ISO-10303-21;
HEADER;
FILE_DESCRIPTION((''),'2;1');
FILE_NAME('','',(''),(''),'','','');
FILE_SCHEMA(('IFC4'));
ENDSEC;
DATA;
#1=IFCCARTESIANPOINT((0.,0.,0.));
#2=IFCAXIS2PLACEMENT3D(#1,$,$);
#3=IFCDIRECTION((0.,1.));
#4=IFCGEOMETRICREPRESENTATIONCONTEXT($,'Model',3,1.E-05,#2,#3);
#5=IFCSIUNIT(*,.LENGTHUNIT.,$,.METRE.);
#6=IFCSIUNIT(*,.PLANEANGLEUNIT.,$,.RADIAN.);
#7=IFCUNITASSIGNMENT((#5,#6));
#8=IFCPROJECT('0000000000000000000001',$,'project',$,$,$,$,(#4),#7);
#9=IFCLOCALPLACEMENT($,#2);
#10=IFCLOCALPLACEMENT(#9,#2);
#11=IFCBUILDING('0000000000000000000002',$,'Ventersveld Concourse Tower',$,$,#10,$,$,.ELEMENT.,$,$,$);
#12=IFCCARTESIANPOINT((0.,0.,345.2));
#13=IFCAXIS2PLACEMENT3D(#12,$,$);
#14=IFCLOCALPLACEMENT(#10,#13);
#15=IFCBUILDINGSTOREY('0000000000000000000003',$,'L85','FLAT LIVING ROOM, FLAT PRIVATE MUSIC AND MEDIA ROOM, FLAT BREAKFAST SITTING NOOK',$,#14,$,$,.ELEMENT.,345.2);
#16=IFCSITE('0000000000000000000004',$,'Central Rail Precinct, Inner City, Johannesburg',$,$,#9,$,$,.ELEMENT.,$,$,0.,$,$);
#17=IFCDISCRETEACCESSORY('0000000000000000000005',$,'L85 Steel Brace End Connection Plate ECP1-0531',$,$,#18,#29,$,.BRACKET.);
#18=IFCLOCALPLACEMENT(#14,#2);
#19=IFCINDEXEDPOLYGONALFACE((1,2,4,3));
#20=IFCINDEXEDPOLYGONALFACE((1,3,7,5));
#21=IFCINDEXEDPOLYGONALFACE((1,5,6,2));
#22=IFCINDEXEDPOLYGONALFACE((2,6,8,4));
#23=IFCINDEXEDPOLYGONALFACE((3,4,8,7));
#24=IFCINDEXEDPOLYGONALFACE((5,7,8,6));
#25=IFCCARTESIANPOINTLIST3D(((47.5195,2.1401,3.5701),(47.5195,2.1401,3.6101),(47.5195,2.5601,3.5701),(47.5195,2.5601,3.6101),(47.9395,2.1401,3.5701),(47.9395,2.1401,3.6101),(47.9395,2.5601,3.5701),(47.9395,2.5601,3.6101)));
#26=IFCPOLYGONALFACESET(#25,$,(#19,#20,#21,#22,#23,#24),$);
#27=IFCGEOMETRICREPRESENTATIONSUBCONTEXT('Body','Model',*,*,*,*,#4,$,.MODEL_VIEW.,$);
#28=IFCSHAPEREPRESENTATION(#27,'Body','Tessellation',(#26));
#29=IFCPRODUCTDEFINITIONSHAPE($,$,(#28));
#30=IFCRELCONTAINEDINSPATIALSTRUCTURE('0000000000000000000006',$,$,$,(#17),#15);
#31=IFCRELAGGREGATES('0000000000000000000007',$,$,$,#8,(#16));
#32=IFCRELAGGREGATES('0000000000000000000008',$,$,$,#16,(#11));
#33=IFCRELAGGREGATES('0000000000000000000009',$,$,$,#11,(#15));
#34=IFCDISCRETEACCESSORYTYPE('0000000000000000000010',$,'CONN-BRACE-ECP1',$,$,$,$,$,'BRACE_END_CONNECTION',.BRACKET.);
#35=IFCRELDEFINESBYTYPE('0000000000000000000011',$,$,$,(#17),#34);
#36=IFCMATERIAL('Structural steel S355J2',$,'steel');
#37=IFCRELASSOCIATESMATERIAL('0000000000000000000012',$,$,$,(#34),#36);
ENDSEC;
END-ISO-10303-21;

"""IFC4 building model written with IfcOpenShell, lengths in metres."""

from ifc_helpers import new_model, si_unit, direction, frame, origin, origin_2d, place, context, subcontext, project, spatial, rectangle, extrude, material, type_object, element, save


model = new_model("IFC4")

# Units and contexts
model_context = context("Model", 3, precision=1e-05, world=origin(), true_north=direction((0.0, 1.0)))
body_context = subcontext(model_context, "Body", "Model", "MODEL_VIEW")
ifc_project = project(units=[si_unit("LENGTHUNIT", "METRE"), si_unit("PLANEANGLEUNIT", "RADIAN")], contexts=[model_context])

# Site, building, storey
site_placement = place(None, origin())
site = spatial("IfcSite", under=ifc_project, at=site_placement, Name="Central Rail Precinct, Inner City, Johannesburg", CompositionType="ELEMENT", RefElevation=0.0)
building_placement = place(site_placement, origin())
building = spatial("IfcBuilding", under=site, at=building_placement, Name="Ventersveld Concourse Tower", CompositionType="ELEMENT")
storey_placement = place(building_placement, frame((0.0, 0.0, 345.2)))
storey = spatial("IfcBuildingStorey", under=building, at=storey_placement, Name="L85", Description="FLAT LIVING ROOM, FLAT PRIVATE MUSIC AND MEDIA ROOM, FLAT BREAKFAST SITTING NOOK", CompositionType="ELEMENT", Elevation=345.2)

# Shared definitions
ifc_material_1 = material(Name="Structural steel S355J2", Category="steel")

# Discrete accessory
discrete_accessory_type = type_object("IfcDiscreteAccessoryType", Name="CONN-BRACE-ECP1", ElementType="BRACE_END_CONNECTION", PredefinedType="BRACKET", material=ifc_material_1)
for number, where, z_axis, x_axis, name in (
    (1, (47.7295, 2.3501, 3.5701), (0.0, 0.0, 1.0), (1.0, 0.0, 0.0), "L85 Steel Brace End Connection Plate ECP1-0531"),
):
    element("IfcDiscreteAccessory", number, at=place(storey_placement, frame(where, z_axis=z_axis, x_axis=x_axis)), inside=storey, type_object=discrete_accessory_type, Name=name, PredefinedType="BRACKET", context=body_context, shape_type="SweptSolid", body=[
        extrude(rectangle(XDim=0.4199, YDim=0.4199, at=origin_2d()), origin(), (0.0, 0.0, 1.0), 0.04),
    ])

save(model, "model.ifc")
